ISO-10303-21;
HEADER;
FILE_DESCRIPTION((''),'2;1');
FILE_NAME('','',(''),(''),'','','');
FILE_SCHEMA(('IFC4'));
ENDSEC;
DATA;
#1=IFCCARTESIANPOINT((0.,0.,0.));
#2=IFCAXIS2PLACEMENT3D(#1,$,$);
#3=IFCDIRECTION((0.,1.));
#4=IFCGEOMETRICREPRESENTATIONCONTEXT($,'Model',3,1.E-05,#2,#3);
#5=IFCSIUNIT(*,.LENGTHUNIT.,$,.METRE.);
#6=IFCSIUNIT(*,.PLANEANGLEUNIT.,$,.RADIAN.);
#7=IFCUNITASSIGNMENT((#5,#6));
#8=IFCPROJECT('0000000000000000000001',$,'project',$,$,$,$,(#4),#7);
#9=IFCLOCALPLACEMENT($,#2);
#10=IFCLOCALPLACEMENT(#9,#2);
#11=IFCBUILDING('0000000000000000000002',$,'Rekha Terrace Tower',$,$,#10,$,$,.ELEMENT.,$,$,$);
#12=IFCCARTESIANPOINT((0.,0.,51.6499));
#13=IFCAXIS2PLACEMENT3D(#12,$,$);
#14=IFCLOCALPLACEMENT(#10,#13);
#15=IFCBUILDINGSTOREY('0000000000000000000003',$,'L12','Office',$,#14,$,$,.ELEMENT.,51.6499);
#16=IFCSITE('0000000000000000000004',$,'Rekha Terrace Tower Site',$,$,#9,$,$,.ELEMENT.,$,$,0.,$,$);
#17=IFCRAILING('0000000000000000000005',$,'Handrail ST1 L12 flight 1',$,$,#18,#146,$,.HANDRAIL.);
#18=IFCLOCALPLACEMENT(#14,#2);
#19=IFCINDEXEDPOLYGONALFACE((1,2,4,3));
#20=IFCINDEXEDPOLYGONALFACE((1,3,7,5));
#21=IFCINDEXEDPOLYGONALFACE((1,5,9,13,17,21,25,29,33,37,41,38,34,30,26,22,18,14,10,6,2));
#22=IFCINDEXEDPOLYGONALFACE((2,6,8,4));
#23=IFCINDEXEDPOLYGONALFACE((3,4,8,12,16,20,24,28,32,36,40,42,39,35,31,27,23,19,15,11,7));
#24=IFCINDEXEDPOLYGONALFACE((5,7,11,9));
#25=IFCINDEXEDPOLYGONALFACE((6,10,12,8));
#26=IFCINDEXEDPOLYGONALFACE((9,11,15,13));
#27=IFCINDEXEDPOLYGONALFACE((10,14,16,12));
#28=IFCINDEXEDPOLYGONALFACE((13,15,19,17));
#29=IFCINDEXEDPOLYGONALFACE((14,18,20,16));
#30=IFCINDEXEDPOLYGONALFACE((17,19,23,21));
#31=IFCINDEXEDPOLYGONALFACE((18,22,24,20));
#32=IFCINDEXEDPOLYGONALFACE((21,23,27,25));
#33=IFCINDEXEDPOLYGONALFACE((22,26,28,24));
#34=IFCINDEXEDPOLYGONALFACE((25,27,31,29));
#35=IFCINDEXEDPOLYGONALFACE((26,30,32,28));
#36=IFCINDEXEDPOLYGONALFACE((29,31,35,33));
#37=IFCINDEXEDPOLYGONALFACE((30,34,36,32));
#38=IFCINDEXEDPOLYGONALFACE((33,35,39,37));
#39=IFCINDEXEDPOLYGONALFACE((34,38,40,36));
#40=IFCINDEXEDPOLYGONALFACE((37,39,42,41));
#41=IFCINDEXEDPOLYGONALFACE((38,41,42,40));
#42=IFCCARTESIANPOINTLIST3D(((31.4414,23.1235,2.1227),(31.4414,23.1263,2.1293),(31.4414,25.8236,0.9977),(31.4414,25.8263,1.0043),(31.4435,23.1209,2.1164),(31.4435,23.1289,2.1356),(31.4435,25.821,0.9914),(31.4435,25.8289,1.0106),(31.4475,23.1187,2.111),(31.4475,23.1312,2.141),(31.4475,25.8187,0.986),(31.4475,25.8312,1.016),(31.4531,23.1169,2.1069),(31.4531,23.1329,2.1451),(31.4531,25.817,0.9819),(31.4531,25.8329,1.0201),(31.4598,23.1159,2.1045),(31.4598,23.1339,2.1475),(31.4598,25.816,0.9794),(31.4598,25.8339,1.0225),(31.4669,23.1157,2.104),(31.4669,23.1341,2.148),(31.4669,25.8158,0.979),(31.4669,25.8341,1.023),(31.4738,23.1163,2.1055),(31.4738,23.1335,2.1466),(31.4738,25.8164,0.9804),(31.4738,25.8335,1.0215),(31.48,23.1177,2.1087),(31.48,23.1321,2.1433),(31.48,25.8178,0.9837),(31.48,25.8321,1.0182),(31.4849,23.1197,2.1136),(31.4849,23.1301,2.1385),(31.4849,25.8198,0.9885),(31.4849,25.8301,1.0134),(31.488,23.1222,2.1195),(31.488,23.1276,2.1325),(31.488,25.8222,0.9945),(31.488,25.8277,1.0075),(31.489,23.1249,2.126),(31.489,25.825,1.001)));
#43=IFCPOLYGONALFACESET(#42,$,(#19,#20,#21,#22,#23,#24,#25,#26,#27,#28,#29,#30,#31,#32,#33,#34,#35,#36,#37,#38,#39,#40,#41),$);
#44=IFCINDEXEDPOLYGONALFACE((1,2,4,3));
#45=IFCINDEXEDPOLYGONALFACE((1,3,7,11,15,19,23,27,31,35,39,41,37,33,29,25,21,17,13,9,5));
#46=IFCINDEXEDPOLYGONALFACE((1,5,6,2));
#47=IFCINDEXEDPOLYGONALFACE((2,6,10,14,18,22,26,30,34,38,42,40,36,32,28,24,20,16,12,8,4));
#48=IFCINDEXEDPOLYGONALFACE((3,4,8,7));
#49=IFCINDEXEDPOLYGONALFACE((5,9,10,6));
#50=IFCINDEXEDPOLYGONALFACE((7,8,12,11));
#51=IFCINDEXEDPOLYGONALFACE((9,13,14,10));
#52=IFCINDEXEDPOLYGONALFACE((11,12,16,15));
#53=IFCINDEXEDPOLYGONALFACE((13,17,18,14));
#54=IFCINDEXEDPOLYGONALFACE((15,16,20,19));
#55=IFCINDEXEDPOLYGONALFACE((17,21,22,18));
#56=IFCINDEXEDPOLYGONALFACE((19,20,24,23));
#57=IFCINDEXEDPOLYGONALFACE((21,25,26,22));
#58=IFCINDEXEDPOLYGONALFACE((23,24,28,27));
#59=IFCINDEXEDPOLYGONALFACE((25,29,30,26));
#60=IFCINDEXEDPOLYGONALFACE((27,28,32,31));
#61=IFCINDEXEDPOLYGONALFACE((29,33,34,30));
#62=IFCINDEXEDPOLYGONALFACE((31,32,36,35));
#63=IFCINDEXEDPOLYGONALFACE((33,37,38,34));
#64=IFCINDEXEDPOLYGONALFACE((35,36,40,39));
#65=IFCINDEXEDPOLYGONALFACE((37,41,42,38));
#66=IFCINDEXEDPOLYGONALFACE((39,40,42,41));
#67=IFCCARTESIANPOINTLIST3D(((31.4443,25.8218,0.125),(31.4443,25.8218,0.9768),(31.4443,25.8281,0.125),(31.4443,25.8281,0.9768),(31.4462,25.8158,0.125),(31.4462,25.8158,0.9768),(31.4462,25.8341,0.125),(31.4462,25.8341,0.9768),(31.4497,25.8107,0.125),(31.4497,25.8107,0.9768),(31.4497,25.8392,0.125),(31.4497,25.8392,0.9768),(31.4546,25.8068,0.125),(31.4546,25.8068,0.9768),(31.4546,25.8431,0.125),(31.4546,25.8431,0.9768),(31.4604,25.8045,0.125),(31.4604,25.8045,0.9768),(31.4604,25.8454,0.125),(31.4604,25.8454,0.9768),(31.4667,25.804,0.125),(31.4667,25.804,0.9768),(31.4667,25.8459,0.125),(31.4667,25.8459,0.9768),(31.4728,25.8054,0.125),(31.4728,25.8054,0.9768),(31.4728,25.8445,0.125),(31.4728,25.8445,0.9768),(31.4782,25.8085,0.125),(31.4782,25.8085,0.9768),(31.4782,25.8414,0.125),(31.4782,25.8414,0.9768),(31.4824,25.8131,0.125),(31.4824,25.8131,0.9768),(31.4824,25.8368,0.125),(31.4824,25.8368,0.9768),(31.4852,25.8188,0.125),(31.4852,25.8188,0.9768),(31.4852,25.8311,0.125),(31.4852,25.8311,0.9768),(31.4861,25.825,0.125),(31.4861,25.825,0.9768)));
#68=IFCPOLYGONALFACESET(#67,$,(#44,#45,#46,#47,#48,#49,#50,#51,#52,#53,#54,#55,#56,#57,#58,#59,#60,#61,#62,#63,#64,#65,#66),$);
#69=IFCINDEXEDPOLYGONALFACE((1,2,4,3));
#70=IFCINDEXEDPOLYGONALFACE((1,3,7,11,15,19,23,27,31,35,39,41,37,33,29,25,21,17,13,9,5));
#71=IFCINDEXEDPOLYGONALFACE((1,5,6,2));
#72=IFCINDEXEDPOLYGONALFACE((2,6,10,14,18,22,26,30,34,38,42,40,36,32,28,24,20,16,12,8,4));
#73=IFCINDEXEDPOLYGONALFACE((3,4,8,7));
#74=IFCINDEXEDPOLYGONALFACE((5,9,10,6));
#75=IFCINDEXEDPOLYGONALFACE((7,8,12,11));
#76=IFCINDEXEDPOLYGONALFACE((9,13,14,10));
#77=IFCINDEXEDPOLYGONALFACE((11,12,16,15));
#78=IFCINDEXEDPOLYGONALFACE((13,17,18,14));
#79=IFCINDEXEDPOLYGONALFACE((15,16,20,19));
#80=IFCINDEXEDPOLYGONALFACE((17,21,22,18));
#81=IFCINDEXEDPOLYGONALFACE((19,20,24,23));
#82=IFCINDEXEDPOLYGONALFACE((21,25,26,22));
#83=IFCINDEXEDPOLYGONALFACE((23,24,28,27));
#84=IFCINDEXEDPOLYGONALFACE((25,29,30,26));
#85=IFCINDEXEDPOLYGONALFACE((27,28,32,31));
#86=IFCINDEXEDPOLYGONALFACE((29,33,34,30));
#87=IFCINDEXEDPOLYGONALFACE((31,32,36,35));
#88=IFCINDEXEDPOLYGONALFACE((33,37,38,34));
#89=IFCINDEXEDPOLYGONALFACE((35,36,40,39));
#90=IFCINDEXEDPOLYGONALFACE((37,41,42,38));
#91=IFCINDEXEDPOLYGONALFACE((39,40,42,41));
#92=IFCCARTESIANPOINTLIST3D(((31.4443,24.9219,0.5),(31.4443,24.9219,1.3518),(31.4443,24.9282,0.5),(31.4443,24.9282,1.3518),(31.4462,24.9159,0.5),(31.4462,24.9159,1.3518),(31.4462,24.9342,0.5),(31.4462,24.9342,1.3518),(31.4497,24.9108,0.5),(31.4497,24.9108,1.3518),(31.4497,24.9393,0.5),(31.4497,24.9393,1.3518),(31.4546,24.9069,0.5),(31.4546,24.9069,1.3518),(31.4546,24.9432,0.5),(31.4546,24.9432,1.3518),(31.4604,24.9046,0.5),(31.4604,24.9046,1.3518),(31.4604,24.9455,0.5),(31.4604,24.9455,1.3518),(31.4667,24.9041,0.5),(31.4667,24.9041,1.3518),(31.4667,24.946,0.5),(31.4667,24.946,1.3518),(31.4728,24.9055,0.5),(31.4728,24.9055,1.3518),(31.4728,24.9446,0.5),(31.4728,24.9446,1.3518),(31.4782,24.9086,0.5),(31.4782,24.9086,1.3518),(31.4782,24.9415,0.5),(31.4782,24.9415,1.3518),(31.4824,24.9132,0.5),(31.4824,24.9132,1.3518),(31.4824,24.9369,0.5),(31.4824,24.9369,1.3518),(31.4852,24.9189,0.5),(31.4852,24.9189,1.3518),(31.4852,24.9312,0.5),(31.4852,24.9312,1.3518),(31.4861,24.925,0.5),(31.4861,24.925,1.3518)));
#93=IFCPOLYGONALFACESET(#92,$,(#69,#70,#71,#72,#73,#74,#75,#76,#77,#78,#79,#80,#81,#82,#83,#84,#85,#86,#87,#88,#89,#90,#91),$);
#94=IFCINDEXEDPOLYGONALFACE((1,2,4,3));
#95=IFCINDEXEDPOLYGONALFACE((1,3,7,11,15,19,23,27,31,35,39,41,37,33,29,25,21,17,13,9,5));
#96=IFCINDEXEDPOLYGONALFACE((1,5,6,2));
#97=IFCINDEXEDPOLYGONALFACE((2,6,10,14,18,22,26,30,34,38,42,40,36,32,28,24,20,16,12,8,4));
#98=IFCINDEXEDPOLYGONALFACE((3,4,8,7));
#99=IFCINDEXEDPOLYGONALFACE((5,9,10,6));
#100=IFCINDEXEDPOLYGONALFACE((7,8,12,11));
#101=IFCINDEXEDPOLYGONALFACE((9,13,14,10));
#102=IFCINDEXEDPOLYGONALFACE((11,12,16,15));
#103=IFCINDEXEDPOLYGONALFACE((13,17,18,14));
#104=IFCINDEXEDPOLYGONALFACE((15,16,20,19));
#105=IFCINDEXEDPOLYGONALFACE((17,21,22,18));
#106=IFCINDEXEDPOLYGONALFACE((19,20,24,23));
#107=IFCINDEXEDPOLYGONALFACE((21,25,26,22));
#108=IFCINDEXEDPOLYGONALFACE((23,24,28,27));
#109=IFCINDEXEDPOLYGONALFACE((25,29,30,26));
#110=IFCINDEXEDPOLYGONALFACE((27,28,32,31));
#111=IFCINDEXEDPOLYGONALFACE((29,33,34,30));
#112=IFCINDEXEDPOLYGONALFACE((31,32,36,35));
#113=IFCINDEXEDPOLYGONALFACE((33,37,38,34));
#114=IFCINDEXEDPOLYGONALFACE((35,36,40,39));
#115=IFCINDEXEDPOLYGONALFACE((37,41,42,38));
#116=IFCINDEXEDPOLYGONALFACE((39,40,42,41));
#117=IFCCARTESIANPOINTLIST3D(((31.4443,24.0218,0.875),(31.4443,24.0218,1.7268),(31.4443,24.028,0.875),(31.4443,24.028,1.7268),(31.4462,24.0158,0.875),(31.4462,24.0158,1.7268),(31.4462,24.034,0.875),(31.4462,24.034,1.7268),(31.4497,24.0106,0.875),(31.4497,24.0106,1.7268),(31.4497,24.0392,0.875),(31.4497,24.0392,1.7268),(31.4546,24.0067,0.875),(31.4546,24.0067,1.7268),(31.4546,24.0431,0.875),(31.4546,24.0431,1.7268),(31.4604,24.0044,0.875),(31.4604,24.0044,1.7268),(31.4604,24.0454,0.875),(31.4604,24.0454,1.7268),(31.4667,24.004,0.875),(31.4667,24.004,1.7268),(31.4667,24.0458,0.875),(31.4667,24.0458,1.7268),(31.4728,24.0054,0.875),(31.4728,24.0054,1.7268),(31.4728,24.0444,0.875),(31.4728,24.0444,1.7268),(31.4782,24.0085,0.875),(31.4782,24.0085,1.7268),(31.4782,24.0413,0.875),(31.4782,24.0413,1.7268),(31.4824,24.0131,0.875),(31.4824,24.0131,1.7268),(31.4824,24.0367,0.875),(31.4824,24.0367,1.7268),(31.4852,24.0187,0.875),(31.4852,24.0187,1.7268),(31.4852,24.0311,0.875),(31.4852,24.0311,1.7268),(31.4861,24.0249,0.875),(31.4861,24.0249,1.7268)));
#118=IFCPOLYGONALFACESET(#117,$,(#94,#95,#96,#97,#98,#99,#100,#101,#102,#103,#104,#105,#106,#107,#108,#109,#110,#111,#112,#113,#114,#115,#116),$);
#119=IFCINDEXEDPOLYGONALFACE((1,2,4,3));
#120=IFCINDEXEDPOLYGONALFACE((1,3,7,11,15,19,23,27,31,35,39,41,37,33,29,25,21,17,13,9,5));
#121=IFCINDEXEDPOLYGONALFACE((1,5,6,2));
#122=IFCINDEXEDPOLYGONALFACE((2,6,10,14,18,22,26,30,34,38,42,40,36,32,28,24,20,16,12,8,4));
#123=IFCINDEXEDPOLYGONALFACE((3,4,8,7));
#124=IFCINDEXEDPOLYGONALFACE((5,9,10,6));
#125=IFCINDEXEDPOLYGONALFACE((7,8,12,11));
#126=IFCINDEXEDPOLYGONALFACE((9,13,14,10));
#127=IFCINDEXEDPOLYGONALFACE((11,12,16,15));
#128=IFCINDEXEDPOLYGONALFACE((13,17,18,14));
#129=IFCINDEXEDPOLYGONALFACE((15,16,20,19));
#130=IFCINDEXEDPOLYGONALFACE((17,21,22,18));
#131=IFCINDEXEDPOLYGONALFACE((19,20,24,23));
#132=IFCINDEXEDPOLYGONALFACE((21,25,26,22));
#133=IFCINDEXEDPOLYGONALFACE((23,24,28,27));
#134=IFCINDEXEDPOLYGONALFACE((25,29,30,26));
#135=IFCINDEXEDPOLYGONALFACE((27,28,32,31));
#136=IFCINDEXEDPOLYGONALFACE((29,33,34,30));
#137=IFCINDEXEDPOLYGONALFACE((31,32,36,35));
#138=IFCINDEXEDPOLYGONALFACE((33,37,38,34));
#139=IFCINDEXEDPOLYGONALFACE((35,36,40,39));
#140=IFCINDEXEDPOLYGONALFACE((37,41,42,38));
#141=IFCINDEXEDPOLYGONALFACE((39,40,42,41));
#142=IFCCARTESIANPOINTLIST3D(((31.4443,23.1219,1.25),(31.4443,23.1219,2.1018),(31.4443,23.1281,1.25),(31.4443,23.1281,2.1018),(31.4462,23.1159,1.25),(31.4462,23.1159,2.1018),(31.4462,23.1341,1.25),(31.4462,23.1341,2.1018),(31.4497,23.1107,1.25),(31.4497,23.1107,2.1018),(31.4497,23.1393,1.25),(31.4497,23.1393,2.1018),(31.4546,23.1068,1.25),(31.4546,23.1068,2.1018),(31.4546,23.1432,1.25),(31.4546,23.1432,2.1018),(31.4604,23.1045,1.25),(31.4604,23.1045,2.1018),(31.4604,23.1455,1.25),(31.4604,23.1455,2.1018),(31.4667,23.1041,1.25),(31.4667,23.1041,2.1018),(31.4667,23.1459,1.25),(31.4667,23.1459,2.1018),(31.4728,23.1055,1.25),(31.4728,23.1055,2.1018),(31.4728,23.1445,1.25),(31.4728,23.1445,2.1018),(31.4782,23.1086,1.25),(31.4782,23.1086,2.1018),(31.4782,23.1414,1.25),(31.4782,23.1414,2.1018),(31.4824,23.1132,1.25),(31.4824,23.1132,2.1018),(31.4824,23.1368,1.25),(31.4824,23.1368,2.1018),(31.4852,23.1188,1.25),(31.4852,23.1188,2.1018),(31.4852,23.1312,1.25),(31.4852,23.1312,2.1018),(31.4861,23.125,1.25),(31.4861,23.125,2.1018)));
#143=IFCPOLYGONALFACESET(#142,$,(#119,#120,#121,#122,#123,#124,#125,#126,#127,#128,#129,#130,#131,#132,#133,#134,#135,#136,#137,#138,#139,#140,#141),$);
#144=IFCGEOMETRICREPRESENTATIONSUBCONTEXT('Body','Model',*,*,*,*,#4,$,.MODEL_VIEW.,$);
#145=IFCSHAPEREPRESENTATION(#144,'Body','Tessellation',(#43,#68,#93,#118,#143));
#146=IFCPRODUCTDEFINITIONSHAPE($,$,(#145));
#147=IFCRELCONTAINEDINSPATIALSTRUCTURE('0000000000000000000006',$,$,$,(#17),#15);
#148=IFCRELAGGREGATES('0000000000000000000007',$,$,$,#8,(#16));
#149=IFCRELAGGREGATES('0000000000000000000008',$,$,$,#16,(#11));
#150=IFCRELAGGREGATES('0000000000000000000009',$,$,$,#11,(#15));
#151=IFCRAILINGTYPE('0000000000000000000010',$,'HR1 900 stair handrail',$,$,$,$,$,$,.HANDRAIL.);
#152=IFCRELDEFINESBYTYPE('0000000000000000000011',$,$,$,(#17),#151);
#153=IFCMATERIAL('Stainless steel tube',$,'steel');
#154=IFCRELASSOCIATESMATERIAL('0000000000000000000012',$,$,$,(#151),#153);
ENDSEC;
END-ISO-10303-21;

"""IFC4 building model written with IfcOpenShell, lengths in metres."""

from ifc_helpers import new_model, si_unit, direction, frame, origin, origin_2d, place, context, subcontext, project, spatial, circle, extrude, material, type_object, element, save


model = new_model("IFC4")

# Units and contexts
model_context = context("Model", 3, precision=1e-05, world=origin(), true_north=direction((0.0, 1.0)))
body_context = subcontext(model_context, "Body", "Model", "MODEL_VIEW")
ifc_project = project(units=[si_unit("LENGTHUNIT", "METRE"), si_unit("PLANEANGLEUNIT", "RADIAN")], contexts=[model_context])

# Site, building, storey
site_placement = place(None, origin())
site = spatial("IfcSite", under=ifc_project, at=site_placement, Name="Rekha Terrace Tower Site", CompositionType="ELEMENT", RefElevation=0.0)
building_placement = place(site_placement, origin())
building = spatial("IfcBuilding", under=site, at=building_placement, Name="Rekha Terrace Tower", CompositionType="ELEMENT")
storey_placement = place(building_placement, frame((0.0, 0.0, 51.6499)))
storey = spatial("IfcBuildingStorey", under=building, at=storey_placement, Name="L12", Description="Office", CompositionType="ELEMENT", Elevation=51.6499)

# Railing
ifc_material_1 = material(Name="Stainless steel tube", Category="steel")
railing_type_1 = type_object("IfcRailingType", Name="HR1 900 stair handrail", PredefinedType="HANDRAIL", material=ifc_material_1)
railing_1_placement = place(storey_placement, frame((31.4651, 25.825, 0.125)))
element("IfcRailing", 1, at=railing_1_placement, inside=storey, type_object=railing_type_1, Name="Handrail ST1 L12 flight 1", PredefinedType="HANDRAIL", context=body_context, shape_type="SweptSolid", body=[
    extrude(circle(Radius=0.0239, at=origin_2d()), frame((0.0, 0.0, 0.876), z_axis=(0.0, -0.923074, 0.384621), x_axis=(1.0, 0.0, 0.0)), (0.0, 0.0, 1.0), 2.925),
    extrude(circle(Radius=0.021, at=origin_2d()), origin(), (0.0, 0.0, 1.0), 0.8518),
    extrude(circle(Radius=0.021, at=origin_2d()), frame((0.0, -0.8999, 0.375)), (0.0, 0.0, 1.0), 0.8518),
    extrude(circle(Radius=0.021, at=origin_2d()), frame((0.0, -1.8, 0.75)), (0.0, 0.0, 1.0), 0.8518),
    extrude(circle(Radius=0.021, at=origin_2d()), frame((0.0, -2.7, 1.125)), (0.0, 0.0, 1.0), 0.8518),
])

save(model, "model.ifc")
